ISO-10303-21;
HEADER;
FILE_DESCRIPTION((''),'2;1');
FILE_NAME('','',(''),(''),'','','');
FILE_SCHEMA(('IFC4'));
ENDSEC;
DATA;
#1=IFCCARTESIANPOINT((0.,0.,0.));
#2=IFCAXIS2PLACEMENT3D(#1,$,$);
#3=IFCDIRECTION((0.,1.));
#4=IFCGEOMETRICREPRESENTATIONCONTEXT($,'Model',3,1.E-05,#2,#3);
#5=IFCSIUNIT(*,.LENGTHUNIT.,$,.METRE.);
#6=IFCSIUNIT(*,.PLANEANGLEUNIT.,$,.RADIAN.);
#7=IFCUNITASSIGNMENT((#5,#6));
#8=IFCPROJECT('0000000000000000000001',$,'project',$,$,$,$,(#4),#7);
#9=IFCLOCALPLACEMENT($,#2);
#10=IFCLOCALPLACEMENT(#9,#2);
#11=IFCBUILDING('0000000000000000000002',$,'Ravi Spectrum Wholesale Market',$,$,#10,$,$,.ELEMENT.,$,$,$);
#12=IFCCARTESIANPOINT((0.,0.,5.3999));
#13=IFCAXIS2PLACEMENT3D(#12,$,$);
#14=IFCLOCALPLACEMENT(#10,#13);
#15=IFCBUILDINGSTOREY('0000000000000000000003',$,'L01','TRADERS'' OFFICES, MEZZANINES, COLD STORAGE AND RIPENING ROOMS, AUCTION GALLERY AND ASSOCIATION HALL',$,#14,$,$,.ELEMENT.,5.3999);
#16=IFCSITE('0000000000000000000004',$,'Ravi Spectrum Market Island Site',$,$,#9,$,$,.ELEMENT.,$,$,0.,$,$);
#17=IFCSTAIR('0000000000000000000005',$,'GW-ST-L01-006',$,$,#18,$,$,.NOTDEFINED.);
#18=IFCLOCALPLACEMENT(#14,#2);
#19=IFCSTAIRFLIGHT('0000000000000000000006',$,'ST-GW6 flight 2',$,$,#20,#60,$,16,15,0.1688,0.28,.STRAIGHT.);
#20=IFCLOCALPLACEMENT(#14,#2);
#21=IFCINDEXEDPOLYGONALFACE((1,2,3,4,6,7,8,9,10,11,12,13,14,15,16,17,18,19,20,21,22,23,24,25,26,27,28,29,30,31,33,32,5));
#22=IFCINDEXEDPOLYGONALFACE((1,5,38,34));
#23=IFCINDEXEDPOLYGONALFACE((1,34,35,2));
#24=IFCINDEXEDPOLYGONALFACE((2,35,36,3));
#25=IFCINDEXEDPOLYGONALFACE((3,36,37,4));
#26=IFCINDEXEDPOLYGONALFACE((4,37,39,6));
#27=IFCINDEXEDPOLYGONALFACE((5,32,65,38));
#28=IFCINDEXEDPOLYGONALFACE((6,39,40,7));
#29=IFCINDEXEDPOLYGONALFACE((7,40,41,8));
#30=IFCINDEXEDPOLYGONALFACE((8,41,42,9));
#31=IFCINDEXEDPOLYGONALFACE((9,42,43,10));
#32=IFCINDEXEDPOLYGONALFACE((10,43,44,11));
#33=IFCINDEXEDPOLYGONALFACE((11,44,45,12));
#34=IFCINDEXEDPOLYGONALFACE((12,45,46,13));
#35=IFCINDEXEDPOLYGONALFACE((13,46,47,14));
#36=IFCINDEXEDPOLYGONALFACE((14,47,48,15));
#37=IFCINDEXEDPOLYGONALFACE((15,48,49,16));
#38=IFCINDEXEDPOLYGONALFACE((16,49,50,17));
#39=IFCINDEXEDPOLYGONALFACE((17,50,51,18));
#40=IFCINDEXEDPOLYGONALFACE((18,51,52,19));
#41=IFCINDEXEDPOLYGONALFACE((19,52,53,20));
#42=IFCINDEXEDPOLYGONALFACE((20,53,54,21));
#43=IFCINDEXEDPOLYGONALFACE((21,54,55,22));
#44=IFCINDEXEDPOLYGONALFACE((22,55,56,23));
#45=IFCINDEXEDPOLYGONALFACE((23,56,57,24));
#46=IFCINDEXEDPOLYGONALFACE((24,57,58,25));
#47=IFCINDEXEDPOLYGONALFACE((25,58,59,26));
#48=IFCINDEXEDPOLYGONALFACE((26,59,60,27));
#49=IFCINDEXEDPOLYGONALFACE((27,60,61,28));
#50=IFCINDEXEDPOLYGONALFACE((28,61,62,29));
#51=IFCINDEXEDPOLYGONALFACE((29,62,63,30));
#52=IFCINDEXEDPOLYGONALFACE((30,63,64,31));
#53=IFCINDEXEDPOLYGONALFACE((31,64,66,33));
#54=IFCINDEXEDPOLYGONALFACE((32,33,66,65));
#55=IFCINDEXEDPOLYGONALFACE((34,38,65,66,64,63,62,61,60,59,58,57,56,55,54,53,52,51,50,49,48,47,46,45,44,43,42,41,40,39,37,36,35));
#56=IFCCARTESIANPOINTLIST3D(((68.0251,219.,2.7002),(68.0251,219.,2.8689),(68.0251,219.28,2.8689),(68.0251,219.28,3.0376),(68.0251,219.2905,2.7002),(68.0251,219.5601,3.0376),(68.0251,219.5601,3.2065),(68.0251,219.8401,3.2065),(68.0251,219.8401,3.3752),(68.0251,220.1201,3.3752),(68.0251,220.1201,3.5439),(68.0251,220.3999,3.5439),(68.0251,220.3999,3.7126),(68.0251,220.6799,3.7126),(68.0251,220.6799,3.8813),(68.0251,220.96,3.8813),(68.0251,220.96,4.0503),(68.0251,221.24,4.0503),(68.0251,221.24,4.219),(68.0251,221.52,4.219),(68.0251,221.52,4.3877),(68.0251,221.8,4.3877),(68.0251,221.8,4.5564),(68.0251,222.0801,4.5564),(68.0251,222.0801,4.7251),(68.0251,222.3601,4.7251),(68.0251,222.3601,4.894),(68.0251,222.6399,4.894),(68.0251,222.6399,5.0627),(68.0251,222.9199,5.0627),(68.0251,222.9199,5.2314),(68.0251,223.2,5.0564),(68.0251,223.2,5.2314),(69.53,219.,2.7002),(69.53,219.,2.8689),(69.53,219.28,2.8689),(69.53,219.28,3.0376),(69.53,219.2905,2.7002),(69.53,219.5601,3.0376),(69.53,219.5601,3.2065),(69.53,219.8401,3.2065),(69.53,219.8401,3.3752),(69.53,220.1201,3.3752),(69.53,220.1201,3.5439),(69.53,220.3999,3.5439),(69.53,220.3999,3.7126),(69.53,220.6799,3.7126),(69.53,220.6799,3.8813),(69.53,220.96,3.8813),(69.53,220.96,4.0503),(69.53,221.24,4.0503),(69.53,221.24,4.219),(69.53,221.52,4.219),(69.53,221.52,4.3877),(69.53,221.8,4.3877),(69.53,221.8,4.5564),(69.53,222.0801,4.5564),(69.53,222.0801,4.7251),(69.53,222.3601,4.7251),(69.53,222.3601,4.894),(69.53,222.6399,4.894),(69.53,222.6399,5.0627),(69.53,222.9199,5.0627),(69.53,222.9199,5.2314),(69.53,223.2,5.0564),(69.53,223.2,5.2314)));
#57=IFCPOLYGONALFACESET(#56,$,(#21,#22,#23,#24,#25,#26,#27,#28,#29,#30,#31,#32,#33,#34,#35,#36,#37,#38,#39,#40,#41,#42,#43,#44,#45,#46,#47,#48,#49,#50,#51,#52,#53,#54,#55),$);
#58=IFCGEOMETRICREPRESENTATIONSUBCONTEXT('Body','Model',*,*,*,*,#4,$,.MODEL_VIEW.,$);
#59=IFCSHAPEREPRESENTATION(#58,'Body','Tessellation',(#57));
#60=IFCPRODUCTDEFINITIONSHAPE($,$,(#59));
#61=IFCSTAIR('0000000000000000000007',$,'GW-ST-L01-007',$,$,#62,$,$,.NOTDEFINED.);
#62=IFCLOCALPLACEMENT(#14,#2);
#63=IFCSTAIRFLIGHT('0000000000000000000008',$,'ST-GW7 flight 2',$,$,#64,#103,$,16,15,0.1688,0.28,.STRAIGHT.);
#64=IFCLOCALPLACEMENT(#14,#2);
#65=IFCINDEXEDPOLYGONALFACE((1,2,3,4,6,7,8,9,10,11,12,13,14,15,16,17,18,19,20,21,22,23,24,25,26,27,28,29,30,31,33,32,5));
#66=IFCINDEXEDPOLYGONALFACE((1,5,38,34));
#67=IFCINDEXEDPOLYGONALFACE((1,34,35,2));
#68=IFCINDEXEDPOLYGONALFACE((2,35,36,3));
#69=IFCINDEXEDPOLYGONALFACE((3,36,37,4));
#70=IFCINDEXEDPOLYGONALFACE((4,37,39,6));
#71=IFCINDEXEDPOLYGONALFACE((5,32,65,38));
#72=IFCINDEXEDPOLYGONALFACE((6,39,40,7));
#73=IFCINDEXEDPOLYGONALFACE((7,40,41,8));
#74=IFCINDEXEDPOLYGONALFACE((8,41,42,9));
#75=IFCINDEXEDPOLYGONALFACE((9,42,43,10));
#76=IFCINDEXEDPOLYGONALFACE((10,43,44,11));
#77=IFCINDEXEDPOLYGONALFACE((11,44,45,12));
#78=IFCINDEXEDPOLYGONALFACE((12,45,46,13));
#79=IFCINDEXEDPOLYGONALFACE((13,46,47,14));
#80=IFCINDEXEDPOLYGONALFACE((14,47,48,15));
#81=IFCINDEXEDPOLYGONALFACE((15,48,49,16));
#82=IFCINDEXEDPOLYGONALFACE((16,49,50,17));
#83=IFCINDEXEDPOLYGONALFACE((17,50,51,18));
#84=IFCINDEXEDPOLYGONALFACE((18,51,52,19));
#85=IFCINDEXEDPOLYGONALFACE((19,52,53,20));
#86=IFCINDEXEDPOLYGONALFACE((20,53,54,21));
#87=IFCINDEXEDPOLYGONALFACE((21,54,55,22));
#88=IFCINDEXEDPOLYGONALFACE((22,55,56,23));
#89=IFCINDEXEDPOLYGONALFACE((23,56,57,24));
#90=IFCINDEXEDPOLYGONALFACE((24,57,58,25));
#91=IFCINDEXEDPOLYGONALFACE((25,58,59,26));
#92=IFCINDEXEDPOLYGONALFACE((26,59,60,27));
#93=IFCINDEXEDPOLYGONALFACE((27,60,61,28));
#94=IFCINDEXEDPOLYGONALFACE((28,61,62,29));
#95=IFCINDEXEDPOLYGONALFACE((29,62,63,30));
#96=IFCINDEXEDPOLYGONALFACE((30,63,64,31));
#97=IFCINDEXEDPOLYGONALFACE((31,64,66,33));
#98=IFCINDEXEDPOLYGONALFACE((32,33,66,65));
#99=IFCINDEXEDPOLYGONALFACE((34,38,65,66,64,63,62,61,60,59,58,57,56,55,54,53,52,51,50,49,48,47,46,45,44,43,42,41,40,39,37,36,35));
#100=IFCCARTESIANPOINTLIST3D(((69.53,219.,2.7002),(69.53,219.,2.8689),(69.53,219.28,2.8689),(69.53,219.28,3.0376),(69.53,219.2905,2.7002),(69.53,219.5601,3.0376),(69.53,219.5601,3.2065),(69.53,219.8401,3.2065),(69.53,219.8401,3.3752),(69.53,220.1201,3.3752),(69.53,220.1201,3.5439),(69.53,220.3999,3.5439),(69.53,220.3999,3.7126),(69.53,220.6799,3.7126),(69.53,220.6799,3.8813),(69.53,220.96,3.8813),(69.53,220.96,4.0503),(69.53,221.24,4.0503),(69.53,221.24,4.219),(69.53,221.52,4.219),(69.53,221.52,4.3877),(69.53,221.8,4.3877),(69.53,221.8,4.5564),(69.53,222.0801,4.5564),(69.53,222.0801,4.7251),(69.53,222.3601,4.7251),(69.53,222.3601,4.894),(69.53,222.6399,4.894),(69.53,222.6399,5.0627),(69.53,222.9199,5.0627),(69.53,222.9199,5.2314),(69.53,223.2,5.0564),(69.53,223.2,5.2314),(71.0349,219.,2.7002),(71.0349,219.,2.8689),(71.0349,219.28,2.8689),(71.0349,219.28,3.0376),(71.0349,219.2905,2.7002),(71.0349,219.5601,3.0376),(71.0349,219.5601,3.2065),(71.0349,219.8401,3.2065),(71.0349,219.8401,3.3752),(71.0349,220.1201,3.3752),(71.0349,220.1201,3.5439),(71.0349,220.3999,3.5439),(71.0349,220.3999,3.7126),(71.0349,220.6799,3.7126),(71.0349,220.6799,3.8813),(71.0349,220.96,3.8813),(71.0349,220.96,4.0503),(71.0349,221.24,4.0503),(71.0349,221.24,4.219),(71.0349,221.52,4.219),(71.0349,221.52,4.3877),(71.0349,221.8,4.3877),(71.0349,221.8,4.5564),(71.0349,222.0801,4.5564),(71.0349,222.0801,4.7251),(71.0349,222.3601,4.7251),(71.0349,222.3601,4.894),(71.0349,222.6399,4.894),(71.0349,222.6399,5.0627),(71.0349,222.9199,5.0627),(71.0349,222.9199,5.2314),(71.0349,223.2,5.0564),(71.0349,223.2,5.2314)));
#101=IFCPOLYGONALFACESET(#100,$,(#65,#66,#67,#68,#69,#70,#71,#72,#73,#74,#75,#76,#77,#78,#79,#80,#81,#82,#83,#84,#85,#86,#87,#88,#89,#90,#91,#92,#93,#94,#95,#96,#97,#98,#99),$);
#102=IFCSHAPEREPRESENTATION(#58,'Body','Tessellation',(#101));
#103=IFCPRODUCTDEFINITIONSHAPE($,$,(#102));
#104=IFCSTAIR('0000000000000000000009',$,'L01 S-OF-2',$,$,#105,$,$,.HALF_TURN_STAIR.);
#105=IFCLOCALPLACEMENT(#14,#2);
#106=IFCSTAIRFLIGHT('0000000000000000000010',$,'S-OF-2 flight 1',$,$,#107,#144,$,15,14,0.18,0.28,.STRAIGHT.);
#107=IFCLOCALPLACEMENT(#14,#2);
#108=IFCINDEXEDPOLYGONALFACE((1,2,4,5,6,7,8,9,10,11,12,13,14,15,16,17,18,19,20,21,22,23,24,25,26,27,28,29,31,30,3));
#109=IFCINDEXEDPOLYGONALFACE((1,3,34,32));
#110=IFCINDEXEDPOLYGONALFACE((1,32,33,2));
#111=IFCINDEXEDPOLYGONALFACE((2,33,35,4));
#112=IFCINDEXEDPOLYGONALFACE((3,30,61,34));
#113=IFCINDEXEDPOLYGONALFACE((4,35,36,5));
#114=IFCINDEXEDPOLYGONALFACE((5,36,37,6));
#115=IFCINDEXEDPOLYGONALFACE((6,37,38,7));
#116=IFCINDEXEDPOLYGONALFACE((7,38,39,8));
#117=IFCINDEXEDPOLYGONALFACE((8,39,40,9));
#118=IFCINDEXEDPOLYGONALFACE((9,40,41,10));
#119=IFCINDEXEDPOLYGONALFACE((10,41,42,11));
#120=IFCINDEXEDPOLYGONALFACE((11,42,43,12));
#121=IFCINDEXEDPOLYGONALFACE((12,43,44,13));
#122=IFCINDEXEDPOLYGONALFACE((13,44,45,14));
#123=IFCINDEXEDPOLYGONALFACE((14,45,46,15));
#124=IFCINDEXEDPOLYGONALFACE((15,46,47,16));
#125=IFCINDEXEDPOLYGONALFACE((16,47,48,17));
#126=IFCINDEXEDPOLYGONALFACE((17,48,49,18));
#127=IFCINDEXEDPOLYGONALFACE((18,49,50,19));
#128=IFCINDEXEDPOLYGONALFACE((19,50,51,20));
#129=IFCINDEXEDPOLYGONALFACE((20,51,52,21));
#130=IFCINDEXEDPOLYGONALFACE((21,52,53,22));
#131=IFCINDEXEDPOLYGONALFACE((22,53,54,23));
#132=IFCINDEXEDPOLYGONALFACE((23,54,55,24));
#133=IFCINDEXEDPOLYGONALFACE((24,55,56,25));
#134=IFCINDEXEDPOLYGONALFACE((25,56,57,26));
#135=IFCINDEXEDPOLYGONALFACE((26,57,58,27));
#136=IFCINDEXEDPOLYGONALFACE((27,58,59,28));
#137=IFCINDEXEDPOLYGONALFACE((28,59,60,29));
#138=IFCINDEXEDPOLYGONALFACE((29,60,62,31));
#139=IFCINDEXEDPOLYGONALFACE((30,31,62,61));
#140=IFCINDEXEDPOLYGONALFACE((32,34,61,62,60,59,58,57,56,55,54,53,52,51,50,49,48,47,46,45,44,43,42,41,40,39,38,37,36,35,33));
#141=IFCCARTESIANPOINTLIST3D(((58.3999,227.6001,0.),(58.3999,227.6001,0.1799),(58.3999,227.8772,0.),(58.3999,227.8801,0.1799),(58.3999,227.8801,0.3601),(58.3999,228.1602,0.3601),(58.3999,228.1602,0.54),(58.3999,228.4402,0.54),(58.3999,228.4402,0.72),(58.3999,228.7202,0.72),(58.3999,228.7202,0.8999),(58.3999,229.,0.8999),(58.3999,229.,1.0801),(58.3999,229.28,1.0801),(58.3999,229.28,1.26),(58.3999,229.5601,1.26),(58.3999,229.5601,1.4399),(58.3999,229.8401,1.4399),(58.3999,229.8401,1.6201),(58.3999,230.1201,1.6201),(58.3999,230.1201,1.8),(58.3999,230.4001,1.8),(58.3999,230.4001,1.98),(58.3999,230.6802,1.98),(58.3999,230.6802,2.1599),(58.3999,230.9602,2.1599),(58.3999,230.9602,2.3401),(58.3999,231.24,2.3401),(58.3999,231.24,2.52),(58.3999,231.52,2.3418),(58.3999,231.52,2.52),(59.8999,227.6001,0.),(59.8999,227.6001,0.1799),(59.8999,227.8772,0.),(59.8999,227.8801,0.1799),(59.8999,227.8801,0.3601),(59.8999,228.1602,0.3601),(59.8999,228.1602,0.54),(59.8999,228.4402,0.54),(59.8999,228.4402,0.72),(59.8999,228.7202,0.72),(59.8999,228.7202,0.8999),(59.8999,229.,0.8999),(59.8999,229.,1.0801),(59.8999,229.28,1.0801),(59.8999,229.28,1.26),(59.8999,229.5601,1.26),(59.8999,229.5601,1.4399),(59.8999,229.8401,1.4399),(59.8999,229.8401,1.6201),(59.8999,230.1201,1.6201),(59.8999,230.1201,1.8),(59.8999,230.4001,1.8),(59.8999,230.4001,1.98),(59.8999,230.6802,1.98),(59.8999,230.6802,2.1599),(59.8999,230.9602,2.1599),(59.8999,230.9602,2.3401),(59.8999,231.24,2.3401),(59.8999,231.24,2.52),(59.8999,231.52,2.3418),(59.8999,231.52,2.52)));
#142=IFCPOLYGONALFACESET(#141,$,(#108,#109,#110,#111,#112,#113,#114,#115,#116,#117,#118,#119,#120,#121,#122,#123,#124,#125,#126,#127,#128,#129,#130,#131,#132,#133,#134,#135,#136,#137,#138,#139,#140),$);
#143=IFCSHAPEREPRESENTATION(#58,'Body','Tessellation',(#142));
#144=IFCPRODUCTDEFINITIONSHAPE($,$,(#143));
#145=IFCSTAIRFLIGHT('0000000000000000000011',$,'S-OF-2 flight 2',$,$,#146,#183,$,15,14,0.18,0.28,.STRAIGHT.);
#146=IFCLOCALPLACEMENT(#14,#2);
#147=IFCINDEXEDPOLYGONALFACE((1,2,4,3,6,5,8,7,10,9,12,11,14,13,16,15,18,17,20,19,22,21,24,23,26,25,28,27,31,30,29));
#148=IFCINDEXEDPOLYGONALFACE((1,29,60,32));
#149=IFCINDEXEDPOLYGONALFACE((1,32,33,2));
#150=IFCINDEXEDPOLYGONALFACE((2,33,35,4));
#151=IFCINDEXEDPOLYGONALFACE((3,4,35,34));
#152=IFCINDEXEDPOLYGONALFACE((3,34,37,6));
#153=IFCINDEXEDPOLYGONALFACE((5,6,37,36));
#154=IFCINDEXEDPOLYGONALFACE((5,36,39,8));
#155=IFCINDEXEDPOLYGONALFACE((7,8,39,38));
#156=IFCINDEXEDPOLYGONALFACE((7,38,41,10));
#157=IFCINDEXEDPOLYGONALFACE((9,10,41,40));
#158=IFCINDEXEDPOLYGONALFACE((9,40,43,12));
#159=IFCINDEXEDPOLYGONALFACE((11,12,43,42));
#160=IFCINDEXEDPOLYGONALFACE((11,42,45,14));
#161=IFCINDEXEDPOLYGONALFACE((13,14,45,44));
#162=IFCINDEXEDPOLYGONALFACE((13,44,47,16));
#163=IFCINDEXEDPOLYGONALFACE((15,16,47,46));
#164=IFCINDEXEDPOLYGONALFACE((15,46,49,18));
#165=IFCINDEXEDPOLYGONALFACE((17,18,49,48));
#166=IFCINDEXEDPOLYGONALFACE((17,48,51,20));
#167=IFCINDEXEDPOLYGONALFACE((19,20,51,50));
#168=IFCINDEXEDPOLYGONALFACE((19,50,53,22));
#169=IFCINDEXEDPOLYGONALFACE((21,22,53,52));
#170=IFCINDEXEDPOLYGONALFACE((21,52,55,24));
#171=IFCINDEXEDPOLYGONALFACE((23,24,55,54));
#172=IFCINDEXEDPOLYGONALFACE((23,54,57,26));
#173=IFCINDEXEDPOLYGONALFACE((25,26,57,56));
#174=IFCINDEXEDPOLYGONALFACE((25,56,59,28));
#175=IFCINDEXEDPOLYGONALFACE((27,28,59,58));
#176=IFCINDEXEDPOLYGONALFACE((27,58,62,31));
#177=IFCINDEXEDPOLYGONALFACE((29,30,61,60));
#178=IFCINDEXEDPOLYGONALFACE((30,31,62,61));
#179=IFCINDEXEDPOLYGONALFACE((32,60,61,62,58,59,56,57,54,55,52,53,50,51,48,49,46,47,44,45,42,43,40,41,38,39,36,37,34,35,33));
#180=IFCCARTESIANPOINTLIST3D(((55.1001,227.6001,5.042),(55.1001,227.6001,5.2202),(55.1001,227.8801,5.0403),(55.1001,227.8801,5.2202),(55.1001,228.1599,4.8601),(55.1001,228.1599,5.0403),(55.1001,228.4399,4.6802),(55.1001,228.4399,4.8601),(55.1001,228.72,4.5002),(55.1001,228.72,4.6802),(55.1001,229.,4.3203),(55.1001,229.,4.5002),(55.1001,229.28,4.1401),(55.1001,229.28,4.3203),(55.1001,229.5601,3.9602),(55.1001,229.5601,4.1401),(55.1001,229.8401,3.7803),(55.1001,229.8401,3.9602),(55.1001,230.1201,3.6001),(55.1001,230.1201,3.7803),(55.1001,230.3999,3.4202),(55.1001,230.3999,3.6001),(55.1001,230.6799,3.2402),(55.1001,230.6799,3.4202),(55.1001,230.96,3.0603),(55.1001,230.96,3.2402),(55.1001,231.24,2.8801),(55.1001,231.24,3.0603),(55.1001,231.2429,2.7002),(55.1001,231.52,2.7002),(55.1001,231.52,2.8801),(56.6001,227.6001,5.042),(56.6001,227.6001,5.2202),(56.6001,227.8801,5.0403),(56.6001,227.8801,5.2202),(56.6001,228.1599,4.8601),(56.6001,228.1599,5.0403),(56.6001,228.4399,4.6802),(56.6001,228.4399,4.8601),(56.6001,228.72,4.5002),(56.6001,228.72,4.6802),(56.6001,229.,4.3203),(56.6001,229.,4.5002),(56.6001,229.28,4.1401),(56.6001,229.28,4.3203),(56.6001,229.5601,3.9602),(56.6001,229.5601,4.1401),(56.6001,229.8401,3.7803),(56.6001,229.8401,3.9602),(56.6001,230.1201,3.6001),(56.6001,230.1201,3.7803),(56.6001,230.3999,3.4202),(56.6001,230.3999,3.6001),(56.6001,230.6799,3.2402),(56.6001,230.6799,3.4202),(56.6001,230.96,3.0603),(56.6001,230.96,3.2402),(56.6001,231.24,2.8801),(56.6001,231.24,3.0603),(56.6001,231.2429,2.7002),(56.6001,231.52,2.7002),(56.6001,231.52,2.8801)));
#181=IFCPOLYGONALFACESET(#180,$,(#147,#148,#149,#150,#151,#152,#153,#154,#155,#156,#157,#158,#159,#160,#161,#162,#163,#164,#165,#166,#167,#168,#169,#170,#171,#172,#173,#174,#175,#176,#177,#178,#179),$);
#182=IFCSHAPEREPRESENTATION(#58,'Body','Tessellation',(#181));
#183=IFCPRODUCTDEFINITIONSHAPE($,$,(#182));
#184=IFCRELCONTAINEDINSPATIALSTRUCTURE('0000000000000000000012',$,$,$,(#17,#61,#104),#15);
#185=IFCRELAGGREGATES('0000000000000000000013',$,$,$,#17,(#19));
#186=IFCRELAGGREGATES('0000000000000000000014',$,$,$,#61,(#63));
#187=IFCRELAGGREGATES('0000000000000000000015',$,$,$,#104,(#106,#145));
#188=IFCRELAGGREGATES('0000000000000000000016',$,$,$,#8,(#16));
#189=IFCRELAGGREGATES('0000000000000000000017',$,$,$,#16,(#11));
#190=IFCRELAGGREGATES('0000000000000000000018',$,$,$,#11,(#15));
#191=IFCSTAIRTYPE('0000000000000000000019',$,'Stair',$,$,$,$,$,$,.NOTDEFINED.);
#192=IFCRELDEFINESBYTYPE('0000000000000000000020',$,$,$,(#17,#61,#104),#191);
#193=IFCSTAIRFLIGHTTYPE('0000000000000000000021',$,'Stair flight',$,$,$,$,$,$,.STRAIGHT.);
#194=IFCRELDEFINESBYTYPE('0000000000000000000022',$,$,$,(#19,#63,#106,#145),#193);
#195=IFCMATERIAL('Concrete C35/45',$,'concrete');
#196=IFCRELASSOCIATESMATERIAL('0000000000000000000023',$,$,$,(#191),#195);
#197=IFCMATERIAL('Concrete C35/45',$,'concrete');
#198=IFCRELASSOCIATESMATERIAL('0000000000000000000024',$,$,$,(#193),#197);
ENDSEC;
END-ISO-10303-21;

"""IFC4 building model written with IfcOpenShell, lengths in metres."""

from ifc_helpers import new_model, si_unit, direction, frame, origin, place, context, subcontext, project, spatial, polyline, outline, extrude, material, type_object, element, aggregate, save


model = new_model("IFC4")

# Units and contexts
model_context = context("Model", 3, precision=1e-05, world=origin(), true_north=direction((0.0, 1.0)))
body_context = subcontext(model_context, "Body", "Model", "MODEL_VIEW")
ifc_project = project(units=[si_unit("LENGTHUNIT", "METRE"), si_unit("PLANEANGLEUNIT", "RADIAN")], contexts=[model_context])

# Site, building, storey
site_placement = place(None, origin())
site = spatial("IfcSite", under=ifc_project, at=site_placement, Name="Ravi Spectrum Market Island Site", CompositionType="ELEMENT", RefElevation=0.0)
building_placement = place(site_placement, origin())
building = spatial("IfcBuilding", under=site, at=building_placement, Name="Ravi Spectrum Wholesale Market", CompositionType="ELEMENT")
storey_placement = place(building_placement, frame((0.0, 0.0, 5.3999)))
storey = spatial("IfcBuildingStorey", under=building, at=storey_placement, Name="L01", Description="TRADERS' OFFICES, MEZZANINES, COLD STORAGE AND RIPENING ROOMS, AUCTION GALLERY AND ASSOCIATION HALL", CompositionType="ELEMENT", Elevation=5.3999)

# Stairs, stair flights
ifc_material_1 = material(Name="Concrete C35/45", Category="concrete")
stair_type = type_object("IfcStairType", Name="Stair", PredefinedType="NOTDEFINED", material=ifc_material_1)
ifc_material_2 = material(Name="Concrete C35/45", Category="concrete")
stair_flight_type = type_object("IfcStairFlightType", Name="Stair flight", PredefinedType="STRAIGHT", material=ifc_material_2)
stair_1_placement = place(storey_placement, origin())
stair_1 = element("IfcStair", 1, at=stair_1_placement, inside=storey, type_object=stair_type, Name="GW-ST-L01-006", PredefinedType="NOTDEFINED")
stair_flight_1_placement = place(storey_placement, frame((68.7776, 219.0, 2.7002), z_axis=(0.0, 0.0, 1.0), x_axis=(0.0, 1.0, 0.0)))
stair_flight_1 = element("IfcStairFlight", 2, at=stair_flight_1_placement, type_object=stair_flight_type, Name="ST-GW6 flight 2", NumberOfRisers=16, NumberOfTreads=15, PredefinedType="STRAIGHT", RiserHeight=0.1688, TreadLength=0.28, context=body_context, shape_type="SweptSolid", body=[
    extrude(outline(polyline([(0.0, 0.0), (0.0, 0.1687), (0.28, 0.1687), (0.28, 0.3374), (0.5601, 0.3374), (0.5601, 0.5063), (0.8401, 0.5063), (0.8401, 0.675), (1.1201, 0.675), (1.1201, 0.8438), (1.3999, 0.8438), (1.3999, 1.0125), (1.6799, 1.0125), (1.6799, 1.1812), (1.96, 1.1812), (1.96, 1.3501), (2.24, 1.3501), (2.24, 1.5188), (2.52, 1.5188), (2.52, 1.6875), (2.8, 1.6875), (2.8, 1.8562), (3.0801, 1.8562), (3.0801, 2.0249), (3.3601, 2.0249), (3.3601, 2.1938), (3.6399, 2.1938), (3.6399, 2.3625), (3.9199, 2.3625), (3.9199, 2.5312), (4.2, 2.5312), (4.2, 2.7), (4.2, 2.3562), (0.2905, 0.0), (0.0, 0.0)])), frame((0.0, 0.7524, 0.0), z_axis=(0.0, -1.0, 0.0), x_axis=(1.0, 0.0, 0.0)), (0.0, 0.0, 1.0), 1.5049),
])
aggregate(stair_1, [stair_flight_1])
stair_2_placement = place(storey_placement, origin())
stair_2 = element("IfcStair", 3, at=stair_2_placement, inside=storey, type_object=stair_type, Name="GW-ST-L01-007", PredefinedType="NOTDEFINED")
stair_flight_2_placement = place(storey_placement, frame((70.2825, 219.0, 2.7002), z_axis=(0.0, 0.0, 1.0), x_axis=(0.0, 1.0, 0.0)))
stair_flight_2 = element("IfcStairFlight", 4, at=stair_flight_2_placement, type_object=stair_flight_type, Name="ST-GW7 flight 2", NumberOfRisers=16, NumberOfTreads=15, PredefinedType="STRAIGHT", RiserHeight=0.1688, TreadLength=0.28, context=body_context, shape_type="SweptSolid", body=[
    extrude(outline(polyline([(0.0, 0.0), (0.0, 0.1687), (0.28, 0.1687), (0.28, 0.3374), (0.5601, 0.3374), (0.5601, 0.5063), (0.8401, 0.5063), (0.8401, 0.675), (1.1201, 0.675), (1.1201, 0.8438), (1.3999, 0.8438), (1.3999, 1.0125), (1.6799, 1.0125), (1.6799, 1.1812), (1.96, 1.1812), (1.96, 1.3501), (2.24, 1.3501), (2.24, 1.5188), (2.52, 1.5188), (2.52, 1.6875), (2.8, 1.6875), (2.8, 1.8562), (3.0801, 1.8562), (3.0801, 2.0249), (3.3601, 2.0249), (3.3601, 2.1938), (3.6399, 2.1938), (3.6399, 2.3625), (3.9199, 2.3625), (3.9199, 2.5312), (4.2, 2.5312), (4.2, 2.7), (4.2, 2.3562), (0.2905, 0.0), (0.0, 0.0)])), frame((0.0, 0.7524, 0.0), z_axis=(0.0, -1.0, 0.0), x_axis=(1.0, 0.0, 0.0)), (0.0, 0.0, 1.0), 1.5049),
])
aggregate(stair_2, [stair_flight_2])

# Stair, stair flights
stair_3_placement = place(storey_placement, origin())
stair_3 = element("IfcStair", 5, at=stair_3_placement, inside=storey, type_object=stair_type, Name="L01 S-OF-2", PredefinedType="HALF_TURN_STAIR")
stair_flight_3_placement = place(storey_placement, frame((59.1499, 227.6001, 0.0), z_axis=(0.0, 0.0, 1.0), x_axis=(0.0, 1.0, 0.0)))
stair_flight_3 = element("IfcStairFlight", 6, at=stair_flight_3_placement, type_object=stair_flight_type, Name="S-OF-2 flight 1", NumberOfRisers=15, NumberOfTreads=14, PredefinedType="STRAIGHT", RiserHeight=0.18, TreadLength=0.28, context=body_context, shape_type="SweptSolid", body=[
    extrude(outline(polyline([(0.0, 0.0), (0.0, 0.1799), (0.28, 0.1799), (0.28, 0.3601), (0.5601, 0.3601), (0.5601, 0.54), (0.8401, 0.54), (0.8401, 0.72), (1.1201, 0.72), (1.1201, 0.8999), (1.3999, 0.8999), (1.3999, 1.0801), (1.6799, 1.0801), (1.6799, 1.26), (1.96, 1.26), (1.96, 1.4399), (2.24, 1.4399), (2.24, 1.6201), (2.52, 1.6201), (2.52, 1.8), (2.8, 1.8), (2.8, 1.98), (3.0801, 1.98), (3.0801, 2.1599), (3.3601, 2.1599), (3.3601, 2.3401), (3.6399, 2.3401), (3.6399, 2.52), (3.9199, 2.52), (3.9199, 2.7), (3.9199, 2.3418), (0.2771, 0.0), (0.0, 0.0)])), frame((0.0, 0.75, 0.0), z_axis=(0.0, -1.0, 0.0), x_axis=(1.0, 0.0, 0.0)), (0.0, 0.0, 1.0), 1.5),
])
stair_flight_4_placement = place(storey_placement, frame((55.8501, 231.52, 2.7002), z_axis=(0.0, 0.0, 1.0), x_axis=(0.0, -1.0, 0.0)))
stair_flight_4 = element("IfcStairFlight", 7, at=stair_flight_4_placement, type_object=stair_flight_type, Name="S-OF-2 flight 2", NumberOfRisers=15, NumberOfTreads=14, PredefinedType="STRAIGHT", RiserHeight=0.18, TreadLength=0.28, context=body_context, shape_type="SweptSolid", body=[
    extrude(outline(polyline([(0.0, 0.0), (0.0, 0.1799), (0.28, 0.1799), (0.28, 0.3601), (0.5601, 0.3601), (0.5601, 0.54), (0.8401, 0.54), (0.8401, 0.72), (1.1201, 0.72), (1.1201, 0.8999), (1.3999, 0.8999), (1.3999, 1.0801), (1.6799, 1.0801), (1.6799, 1.26), (1.96, 1.26), (1.96, 1.4399), (2.24, 1.4399), (2.24, 1.6201), (2.52, 1.6201), (2.52, 1.8), (2.8, 1.8), (2.8, 1.98), (3.0801, 1.98), (3.0801, 2.1599), (3.3601, 2.1599), (3.3601, 2.3401), (3.6399, 2.3401), (3.6399, 2.52), (3.9199, 2.52), (3.9199, 2.7), (3.9199, 2.3418), (0.2771, 0.0), (0.0, 0.0)])), frame((0.0, 0.75, 0.0), z_axis=(0.0, -1.0, 0.0), x_axis=(1.0, 0.0, 0.0)), (0.0, 0.0, 1.0), 1.5),
])
aggregate(stair_3, [stair_flight_3, stair_flight_4])

save(model, "model.ifc")
